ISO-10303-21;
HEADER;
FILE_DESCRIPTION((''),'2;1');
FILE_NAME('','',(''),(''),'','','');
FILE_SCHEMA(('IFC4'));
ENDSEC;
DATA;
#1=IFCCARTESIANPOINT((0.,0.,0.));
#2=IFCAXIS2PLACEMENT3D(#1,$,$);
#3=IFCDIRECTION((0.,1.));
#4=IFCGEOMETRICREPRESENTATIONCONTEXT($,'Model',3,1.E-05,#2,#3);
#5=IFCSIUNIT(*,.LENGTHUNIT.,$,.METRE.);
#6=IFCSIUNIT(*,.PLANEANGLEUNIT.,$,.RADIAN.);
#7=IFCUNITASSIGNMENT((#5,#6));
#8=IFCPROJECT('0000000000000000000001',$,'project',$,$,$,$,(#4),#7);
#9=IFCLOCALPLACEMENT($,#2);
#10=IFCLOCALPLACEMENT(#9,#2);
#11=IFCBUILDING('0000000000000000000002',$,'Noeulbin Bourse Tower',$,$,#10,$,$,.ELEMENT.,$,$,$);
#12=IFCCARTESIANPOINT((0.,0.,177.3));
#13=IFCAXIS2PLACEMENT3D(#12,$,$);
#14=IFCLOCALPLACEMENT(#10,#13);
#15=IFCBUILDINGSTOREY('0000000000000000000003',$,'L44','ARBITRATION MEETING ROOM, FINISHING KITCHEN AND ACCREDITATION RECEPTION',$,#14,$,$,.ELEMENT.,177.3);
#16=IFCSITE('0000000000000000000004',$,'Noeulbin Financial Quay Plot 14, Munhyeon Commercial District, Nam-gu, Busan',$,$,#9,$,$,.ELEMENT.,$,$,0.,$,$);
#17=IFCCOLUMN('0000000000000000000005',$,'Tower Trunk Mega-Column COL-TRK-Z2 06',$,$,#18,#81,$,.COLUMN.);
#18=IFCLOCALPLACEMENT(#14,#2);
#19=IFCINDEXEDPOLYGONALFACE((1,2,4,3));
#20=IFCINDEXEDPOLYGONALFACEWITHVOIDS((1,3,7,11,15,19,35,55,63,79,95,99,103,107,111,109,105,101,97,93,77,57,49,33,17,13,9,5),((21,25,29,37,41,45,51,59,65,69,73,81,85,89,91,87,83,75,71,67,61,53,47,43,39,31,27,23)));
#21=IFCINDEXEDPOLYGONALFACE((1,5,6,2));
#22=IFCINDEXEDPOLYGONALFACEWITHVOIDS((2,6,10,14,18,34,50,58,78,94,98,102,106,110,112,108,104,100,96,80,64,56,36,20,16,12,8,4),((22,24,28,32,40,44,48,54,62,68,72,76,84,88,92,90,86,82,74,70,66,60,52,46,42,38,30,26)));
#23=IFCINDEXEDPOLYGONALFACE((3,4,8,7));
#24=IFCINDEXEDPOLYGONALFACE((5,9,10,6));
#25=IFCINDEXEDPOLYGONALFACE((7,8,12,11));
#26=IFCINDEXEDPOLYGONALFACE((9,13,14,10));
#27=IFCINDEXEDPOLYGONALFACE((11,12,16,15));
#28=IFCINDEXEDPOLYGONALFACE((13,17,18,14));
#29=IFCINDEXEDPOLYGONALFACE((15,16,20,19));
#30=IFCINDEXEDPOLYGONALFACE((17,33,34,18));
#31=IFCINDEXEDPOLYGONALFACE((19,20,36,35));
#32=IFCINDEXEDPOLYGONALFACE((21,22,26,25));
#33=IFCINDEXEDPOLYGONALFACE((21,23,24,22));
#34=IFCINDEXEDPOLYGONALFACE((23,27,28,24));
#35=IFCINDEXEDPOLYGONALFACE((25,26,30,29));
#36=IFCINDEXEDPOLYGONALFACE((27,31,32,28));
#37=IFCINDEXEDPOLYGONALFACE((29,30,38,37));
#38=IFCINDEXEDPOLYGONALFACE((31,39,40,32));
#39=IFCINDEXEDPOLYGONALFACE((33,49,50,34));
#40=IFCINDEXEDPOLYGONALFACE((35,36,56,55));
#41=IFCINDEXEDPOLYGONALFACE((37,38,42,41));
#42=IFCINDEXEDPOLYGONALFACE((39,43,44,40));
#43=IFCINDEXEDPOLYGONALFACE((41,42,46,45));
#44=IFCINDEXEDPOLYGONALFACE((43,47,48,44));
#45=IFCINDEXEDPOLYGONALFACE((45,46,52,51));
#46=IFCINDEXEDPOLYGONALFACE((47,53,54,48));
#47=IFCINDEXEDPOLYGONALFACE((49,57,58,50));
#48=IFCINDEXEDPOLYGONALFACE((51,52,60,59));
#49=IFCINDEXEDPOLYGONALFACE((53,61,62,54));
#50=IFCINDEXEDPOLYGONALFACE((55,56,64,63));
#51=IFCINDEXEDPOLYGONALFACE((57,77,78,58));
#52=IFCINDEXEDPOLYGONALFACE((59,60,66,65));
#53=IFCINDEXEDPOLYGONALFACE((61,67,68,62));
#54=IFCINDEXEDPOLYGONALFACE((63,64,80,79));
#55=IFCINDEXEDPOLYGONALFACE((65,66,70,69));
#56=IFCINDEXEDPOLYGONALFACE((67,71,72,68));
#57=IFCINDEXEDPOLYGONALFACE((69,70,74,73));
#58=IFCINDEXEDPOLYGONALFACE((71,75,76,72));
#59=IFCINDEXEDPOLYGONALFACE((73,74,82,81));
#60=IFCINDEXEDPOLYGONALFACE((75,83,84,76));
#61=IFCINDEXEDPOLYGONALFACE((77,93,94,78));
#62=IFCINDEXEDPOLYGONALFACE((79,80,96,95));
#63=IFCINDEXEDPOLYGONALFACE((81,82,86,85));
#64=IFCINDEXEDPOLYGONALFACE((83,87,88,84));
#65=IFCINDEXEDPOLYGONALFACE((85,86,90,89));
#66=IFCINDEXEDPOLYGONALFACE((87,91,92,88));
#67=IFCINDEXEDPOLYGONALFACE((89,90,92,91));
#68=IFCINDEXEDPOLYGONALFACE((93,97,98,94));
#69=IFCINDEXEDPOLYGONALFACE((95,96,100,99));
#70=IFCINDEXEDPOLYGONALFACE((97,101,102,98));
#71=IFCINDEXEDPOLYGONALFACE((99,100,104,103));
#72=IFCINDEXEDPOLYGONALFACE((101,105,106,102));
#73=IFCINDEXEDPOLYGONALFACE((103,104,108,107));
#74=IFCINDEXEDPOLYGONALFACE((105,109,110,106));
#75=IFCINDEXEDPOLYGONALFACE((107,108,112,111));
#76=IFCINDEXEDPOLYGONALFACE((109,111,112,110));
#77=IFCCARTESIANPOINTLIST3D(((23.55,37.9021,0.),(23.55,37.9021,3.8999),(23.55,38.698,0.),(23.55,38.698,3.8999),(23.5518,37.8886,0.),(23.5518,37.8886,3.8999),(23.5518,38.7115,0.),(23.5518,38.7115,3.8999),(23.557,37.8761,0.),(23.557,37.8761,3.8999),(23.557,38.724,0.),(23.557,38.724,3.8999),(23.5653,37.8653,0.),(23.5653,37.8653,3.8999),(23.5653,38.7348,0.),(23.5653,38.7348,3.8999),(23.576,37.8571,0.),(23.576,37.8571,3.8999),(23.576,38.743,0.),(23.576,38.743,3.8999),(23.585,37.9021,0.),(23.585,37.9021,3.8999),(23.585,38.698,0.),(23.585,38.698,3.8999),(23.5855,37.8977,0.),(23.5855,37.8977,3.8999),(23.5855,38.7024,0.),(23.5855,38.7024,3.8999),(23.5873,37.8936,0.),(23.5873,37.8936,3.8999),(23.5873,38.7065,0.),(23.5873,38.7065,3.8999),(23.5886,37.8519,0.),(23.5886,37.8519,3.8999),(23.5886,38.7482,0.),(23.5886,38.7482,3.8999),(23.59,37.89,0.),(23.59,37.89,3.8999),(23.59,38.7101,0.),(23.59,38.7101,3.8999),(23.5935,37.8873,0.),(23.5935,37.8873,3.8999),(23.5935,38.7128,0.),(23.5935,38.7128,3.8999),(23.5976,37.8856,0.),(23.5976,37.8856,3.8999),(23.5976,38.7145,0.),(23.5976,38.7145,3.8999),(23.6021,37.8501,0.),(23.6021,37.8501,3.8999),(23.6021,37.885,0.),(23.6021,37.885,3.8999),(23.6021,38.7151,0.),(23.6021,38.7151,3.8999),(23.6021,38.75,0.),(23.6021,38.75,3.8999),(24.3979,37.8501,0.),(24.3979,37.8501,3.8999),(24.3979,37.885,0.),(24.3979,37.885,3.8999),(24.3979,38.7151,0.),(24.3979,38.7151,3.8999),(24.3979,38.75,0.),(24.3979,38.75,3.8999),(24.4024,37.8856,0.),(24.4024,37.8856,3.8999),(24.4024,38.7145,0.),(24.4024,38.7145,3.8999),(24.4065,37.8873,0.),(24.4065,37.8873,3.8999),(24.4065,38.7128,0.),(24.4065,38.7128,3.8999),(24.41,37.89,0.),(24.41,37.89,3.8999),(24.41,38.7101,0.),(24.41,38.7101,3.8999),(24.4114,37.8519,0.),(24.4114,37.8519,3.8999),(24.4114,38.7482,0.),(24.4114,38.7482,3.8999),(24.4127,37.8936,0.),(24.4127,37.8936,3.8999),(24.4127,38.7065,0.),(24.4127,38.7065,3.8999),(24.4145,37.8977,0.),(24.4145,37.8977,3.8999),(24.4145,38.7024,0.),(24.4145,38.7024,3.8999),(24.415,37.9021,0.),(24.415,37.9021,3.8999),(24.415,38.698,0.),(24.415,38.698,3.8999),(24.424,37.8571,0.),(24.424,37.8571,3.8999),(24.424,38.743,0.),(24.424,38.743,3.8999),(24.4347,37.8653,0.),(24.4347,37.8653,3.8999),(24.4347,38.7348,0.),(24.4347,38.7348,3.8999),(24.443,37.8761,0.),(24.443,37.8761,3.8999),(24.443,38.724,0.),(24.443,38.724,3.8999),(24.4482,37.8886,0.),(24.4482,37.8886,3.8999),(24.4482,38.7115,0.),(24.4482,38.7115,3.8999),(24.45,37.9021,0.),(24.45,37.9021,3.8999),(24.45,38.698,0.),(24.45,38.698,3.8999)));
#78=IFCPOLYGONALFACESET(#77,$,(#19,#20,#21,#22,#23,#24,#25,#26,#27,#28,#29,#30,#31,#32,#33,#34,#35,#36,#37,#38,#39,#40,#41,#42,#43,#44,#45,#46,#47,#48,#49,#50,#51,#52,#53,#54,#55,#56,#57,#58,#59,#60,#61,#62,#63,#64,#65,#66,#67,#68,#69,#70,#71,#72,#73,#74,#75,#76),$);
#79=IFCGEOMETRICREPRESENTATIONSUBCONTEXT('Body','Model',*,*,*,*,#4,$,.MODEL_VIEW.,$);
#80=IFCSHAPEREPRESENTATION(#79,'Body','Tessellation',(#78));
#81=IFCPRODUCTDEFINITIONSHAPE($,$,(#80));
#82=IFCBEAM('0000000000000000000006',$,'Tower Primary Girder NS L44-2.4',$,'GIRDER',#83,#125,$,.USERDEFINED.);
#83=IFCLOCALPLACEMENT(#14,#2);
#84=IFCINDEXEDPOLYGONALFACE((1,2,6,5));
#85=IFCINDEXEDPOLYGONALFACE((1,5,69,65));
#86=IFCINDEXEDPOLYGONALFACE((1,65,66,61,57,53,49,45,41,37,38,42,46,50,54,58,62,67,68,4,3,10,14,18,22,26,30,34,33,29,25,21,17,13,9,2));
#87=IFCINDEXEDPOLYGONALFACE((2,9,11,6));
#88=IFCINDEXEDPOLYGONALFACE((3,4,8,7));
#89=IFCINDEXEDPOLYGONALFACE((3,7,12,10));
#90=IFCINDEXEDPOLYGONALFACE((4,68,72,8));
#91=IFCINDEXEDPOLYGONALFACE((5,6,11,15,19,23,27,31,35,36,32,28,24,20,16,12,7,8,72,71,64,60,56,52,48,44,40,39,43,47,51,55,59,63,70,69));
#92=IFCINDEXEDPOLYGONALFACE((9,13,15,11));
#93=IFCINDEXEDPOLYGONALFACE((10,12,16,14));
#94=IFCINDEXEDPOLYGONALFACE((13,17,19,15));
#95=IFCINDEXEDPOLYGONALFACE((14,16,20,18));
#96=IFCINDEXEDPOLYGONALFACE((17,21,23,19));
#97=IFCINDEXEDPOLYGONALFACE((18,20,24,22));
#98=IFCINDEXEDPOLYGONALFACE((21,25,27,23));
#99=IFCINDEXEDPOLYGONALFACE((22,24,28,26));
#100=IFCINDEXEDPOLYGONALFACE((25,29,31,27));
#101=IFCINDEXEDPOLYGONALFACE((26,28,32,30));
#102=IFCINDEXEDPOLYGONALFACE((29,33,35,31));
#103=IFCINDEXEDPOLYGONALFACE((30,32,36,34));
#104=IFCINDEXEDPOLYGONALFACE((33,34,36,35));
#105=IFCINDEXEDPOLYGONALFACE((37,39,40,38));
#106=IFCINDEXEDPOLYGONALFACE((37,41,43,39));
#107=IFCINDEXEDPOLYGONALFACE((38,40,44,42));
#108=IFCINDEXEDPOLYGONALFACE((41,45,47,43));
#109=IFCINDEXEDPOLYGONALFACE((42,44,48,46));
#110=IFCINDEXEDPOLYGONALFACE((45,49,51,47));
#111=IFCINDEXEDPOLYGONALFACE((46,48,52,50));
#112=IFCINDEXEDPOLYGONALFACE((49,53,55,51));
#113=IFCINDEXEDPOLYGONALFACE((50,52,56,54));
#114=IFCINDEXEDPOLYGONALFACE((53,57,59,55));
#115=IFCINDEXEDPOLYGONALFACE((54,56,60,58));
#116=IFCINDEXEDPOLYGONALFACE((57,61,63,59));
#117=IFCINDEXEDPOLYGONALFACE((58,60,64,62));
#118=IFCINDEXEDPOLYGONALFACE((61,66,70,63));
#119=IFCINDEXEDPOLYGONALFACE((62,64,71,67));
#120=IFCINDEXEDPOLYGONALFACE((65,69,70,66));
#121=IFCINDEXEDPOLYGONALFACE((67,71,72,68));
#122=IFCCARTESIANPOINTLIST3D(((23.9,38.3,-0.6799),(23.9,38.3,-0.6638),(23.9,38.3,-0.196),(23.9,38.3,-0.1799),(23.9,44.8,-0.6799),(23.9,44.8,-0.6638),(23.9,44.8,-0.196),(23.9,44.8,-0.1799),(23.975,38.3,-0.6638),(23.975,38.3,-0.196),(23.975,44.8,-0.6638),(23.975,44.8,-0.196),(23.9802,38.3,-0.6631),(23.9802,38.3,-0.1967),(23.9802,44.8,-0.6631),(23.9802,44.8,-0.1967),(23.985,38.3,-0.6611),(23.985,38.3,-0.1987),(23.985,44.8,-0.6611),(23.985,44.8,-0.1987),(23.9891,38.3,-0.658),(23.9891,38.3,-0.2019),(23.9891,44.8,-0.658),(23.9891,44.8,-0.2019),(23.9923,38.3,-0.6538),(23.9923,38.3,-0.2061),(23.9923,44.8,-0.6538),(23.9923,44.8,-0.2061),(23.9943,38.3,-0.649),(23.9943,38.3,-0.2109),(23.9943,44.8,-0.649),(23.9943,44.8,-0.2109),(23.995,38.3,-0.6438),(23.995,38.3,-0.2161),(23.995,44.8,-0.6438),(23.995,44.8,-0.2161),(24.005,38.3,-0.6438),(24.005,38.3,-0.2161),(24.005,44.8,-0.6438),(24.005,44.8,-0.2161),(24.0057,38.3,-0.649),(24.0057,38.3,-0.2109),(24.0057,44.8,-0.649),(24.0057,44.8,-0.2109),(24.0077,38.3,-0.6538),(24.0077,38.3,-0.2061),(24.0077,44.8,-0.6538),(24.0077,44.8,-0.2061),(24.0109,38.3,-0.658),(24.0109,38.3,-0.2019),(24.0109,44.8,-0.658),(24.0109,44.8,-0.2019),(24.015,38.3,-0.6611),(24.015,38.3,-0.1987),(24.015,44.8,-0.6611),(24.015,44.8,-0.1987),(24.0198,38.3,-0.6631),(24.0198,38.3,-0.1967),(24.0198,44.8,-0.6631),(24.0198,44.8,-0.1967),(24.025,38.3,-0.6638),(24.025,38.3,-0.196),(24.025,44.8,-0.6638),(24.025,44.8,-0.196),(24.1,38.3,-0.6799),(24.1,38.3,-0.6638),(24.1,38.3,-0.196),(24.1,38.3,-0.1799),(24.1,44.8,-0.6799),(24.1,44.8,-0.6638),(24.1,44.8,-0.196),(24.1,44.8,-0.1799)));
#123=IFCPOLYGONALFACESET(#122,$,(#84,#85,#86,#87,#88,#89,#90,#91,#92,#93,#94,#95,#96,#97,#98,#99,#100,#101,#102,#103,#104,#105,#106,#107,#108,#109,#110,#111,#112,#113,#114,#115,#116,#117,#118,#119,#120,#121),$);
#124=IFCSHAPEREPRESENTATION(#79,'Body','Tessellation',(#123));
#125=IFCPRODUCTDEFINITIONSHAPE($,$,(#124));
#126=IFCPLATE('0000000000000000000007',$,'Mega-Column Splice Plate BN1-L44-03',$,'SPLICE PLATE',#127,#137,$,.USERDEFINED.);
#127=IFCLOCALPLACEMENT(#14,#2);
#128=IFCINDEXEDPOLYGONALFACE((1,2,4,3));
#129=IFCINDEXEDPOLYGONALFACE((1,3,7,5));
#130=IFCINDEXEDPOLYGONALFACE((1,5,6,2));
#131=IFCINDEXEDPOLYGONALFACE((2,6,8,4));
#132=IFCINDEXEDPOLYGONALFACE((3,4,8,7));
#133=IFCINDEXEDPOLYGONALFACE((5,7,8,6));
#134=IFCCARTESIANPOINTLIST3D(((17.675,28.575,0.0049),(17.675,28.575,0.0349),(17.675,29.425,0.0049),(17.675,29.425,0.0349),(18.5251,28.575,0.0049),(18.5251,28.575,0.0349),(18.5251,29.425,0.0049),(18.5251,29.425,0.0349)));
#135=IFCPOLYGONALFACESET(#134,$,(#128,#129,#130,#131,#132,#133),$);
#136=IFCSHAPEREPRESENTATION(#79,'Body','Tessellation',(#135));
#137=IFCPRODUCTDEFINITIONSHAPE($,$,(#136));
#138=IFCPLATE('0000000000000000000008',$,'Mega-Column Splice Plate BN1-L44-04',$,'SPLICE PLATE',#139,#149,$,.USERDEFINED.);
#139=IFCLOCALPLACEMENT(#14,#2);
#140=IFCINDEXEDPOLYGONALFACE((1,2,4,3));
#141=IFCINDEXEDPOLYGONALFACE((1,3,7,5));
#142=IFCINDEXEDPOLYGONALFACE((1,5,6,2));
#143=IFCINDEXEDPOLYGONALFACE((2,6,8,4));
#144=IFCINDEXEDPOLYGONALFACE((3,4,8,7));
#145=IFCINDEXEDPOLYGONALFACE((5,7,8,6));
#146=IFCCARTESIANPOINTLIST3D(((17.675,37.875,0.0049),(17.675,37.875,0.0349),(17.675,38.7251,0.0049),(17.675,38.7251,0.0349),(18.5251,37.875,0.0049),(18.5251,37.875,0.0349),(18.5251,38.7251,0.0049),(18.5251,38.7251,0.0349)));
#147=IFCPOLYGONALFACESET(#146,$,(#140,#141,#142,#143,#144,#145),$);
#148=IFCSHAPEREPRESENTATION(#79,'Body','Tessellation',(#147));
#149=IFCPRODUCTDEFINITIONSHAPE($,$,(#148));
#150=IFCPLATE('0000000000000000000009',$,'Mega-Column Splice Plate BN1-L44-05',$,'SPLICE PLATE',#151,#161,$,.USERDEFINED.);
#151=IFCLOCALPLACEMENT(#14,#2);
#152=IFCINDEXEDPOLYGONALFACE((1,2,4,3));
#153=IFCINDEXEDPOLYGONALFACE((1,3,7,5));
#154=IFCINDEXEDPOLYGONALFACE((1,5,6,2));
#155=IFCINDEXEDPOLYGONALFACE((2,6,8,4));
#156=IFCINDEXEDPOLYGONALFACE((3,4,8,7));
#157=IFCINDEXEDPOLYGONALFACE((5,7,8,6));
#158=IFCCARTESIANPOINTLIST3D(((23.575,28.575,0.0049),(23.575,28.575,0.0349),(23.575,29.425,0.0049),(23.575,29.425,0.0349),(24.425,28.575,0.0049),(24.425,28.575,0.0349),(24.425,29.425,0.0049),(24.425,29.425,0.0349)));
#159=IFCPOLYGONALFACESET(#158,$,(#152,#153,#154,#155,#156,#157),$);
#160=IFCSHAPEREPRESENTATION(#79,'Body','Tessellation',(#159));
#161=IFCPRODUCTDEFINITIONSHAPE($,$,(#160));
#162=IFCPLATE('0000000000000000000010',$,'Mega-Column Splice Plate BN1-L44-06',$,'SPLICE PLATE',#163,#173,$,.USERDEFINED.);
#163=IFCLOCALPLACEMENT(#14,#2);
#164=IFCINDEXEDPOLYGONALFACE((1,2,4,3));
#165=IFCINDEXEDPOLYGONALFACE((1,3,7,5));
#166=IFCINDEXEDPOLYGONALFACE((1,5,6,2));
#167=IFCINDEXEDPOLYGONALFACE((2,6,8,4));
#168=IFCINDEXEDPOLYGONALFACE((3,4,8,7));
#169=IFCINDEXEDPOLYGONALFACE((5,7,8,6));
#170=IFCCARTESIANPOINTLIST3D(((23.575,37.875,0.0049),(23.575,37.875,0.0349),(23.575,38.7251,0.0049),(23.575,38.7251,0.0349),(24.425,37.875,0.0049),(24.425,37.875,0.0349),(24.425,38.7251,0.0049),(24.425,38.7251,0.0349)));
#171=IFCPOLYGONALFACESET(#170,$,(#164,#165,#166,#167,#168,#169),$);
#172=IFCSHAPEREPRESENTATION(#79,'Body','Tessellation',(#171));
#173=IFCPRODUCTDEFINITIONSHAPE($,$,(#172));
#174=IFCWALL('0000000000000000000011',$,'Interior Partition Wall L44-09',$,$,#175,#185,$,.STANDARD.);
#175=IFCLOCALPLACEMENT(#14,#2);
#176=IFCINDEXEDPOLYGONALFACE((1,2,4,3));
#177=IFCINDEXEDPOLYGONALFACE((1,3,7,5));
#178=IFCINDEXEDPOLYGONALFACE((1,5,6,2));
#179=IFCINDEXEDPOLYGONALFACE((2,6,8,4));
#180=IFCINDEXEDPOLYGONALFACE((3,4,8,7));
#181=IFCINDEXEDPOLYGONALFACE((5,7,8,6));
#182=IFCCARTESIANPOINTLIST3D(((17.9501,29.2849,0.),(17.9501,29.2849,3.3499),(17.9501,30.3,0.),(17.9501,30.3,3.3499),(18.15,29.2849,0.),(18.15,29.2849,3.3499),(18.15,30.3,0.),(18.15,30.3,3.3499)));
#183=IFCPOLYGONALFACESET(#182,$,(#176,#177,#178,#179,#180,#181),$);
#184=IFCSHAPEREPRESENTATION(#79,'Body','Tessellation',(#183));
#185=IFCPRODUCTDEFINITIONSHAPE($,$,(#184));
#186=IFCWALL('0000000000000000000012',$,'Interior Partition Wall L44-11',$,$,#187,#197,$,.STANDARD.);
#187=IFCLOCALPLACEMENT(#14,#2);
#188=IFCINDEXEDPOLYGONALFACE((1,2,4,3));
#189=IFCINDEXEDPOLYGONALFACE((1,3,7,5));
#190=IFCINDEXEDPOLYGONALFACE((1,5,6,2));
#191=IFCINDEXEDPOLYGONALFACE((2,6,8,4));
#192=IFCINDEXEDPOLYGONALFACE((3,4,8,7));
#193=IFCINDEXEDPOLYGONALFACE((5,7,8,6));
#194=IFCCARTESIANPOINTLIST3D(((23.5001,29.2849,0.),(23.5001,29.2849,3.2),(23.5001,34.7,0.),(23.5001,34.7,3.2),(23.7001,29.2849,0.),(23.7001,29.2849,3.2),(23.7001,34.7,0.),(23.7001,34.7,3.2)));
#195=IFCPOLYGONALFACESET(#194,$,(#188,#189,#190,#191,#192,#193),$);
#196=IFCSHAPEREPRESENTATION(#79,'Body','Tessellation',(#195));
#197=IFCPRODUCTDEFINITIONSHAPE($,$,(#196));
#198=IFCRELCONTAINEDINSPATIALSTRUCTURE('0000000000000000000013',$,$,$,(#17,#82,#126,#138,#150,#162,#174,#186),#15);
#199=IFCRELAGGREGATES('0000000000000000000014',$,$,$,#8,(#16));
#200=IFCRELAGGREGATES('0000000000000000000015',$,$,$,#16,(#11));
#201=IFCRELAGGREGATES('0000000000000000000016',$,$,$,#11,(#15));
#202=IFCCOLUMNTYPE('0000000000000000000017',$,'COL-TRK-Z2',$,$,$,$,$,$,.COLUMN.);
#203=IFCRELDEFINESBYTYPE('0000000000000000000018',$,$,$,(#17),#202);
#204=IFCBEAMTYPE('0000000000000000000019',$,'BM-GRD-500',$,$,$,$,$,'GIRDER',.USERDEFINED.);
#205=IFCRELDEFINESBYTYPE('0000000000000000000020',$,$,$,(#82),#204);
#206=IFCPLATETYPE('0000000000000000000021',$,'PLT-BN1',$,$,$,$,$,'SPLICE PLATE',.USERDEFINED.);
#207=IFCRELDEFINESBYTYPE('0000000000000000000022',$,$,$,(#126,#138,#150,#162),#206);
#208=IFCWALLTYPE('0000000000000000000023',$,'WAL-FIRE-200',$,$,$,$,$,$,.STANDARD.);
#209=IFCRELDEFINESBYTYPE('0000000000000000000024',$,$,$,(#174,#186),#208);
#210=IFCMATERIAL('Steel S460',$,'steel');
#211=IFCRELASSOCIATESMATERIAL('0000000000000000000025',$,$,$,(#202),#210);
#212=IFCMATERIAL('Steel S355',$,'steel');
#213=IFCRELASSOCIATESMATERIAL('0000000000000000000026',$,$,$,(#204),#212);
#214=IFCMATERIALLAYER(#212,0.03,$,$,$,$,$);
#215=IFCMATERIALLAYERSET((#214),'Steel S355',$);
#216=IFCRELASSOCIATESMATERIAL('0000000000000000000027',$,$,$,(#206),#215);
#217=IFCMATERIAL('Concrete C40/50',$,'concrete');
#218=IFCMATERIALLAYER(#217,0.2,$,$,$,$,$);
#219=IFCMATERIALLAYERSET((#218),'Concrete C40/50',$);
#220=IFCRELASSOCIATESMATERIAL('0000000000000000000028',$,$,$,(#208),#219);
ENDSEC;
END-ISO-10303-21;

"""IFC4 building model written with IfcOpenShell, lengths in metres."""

from ifc_helpers import new_model, si_unit, direction, frame, frame_2d, origin, origin_2d, place, context, subcontext, project, spatial, rectangle, hollow_rectangle, i_section, extrude, material, layer, layer_set, material_profile, profile_set, type_object, element, save


model = new_model("IFC4")

# Units and contexts
model_context = context("Model", 3, precision=1e-05, world=origin(), true_north=direction((0.0, 1.0)))
body_context = subcontext(model_context, "Body", "Model", "MODEL_VIEW")
ifc_project = project(units=[si_unit("LENGTHUNIT", "METRE"), si_unit("PLANEANGLEUNIT", "RADIAN")], contexts=[model_context])

# Site, building, storey
site_placement = place(None, origin())
site = spatial("IfcSite", under=ifc_project, at=site_placement, Name="Noeulbin Financial Quay Plot 14, Munhyeon Commercial District, Nam-gu, Busan", CompositionType="ELEMENT", RefElevation=0.0)
building_placement = place(site_placement, origin())
building = spatial("IfcBuilding", under=site, at=building_placement, Name="Noeulbin Bourse Tower", CompositionType="ELEMENT")
storey_placement = place(building_placement, frame((0.0, 0.0, 177.3)))
storey = spatial("IfcBuildingStorey", under=building, at=storey_placement, Name="L44", Description="ARBITRATION MEETING ROOM, FINISHING KITCHEN AND ACCREDITATION RECEPTION", CompositionType="ELEMENT", Elevation=177.3)

# Column
ifc_material_1 = material(Name="Steel S460", Category="steel")
ifc_material_profile_1 = material_profile(ifc_material_1, hollow_rectangle(XDim=0.8999, YDim=0.8999, WallThickness=0.0349, InnerFilletRadius=0.0171, OuterFilletRadius=0.052, at=origin_2d()), Name="BOX-900x900x35", Category="LoadBearing")
ifc_profile_set_1 = profile_set([ifc_material_profile_1], Name="Steel S460")
column_type = type_object("IfcColumnType", Name="COL-TRK-Z2", PredefinedType="COLUMN", material=ifc_profile_set_1)
for number, where, z_axis, x_axis, name in (
    (1, (24.0, 38.3, 0.0), (0.0, 0.0, 1.0), (1.0, 0.0, 0.0), "Tower Trunk Mega-Column COL-TRK-Z2 06"),
):
    element("IfcColumn", number, at=place(storey_placement, frame(where, z_axis=z_axis, x_axis=x_axis)), inside=storey, type_object=column_type, Name=name, PredefinedType="COLUMN", context=body_context, shape_type="SweptSolid", body=[
        extrude(hollow_rectangle(XDim=0.8999, YDim=0.8999, WallThickness=0.0349, InnerFilletRadius=0.0171, OuterFilletRadius=0.052, at=origin_2d()), origin(), (0.0, 0.0, 1.0), 3.8999),
    ])

# Beam
ifc_material_2 = material(Name="Steel S355", Category="steel")
ifc_material_profile_2 = material_profile(ifc_material_2, i_section(OverallWidth=0.2, OverallDepth=0.5, WebThickness=0.01, FlangeThickness=0.0161, FilletRadius=0.02, at=origin_2d()), Name="H-500x200x10x16", Category="LoadBearing")
ifc_profile_set_2 = profile_set([ifc_material_profile_2], Name="Steel S355")
beam_type = type_object("IfcBeamType", Name="BM-GRD-500", ElementType="GIRDER", PredefinedType="USERDEFINED", material=ifc_profile_set_2)
beam_placement = place(storey_placement, frame((24.0, 38.3, -0.4299), z_axis=(0.0, 1.0, 0.0), x_axis=(-1.0, 0.0, 0.0)))
element("IfcBeam", 2, at=beam_placement, inside=storey, type_object=beam_type, Name="Tower Primary Girder NS L44-2.4", ObjectType="GIRDER", PredefinedType="USERDEFINED", context=body_context, shape_type="SweptSolid", body=[
    extrude(i_section(OverallWidth=0.2, OverallDepth=0.5, WebThickness=0.01, FlangeThickness=0.0161, FilletRadius=0.02, at=origin_2d()), origin(), (0.0, 0.0, 1.0), 6.5),
])

# Plates
ifc_layer_1 = layer(ifc_material_2, 0.03)
ifc_layer_set_1 = layer_set([ifc_layer_1], Name="Steel S355")
plate_type = type_object("IfcPlateType", Name="PLT-BN1", ElementType="SPLICE PLATE", PredefinedType="USERDEFINED", material=ifc_layer_set_1)
for number, where, z_axis, x_axis, name in (
    (3, (18.1001, 29.0, 0.0049), (0.0, 0.0, 1.0), (1.0, 0.0, 0.0), "Mega-Column Splice Plate BN1-L44-03"),
    (4, (18.1001, 38.3, 0.0049), (0.0, 0.0, 1.0), (1.0, 0.0, 0.0), "Mega-Column Splice Plate BN1-L44-04"),
    (5, (24.0, 29.0, 0.0049), (0.0, 0.0, 1.0), (1.0, 0.0, 0.0), "Mega-Column Splice Plate BN1-L44-05"),
    (6, (24.0, 38.3, 0.0049), (0.0, 0.0, 1.0), (1.0, 0.0, 0.0), "Mega-Column Splice Plate BN1-L44-06"),
):
    element("IfcPlate", number, at=place(storey_placement, frame(where, z_axis=z_axis, x_axis=x_axis)), inside=storey, type_object=plate_type, Name=name, ObjectType="SPLICE PLATE", PredefinedType="USERDEFINED", context=body_context, shape_type="SweptSolid", body=[
        extrude(rectangle(XDim=0.8501, YDim=0.8501, at=origin_2d()), origin(), (0.0, 0.0, 1.0), 0.03),
    ])

# Walls
ifc_material_3 = material(Name="Concrete C40/50", Category="concrete")
ifc_layer_2 = layer(ifc_material_3, 0.2)
ifc_layer_set_2 = layer_set([ifc_layer_2], Name="Concrete C40/50")
wall_type_1 = type_object("IfcWallType", Name="WAL-FIRE-200", PredefinedType="STANDARD", material=ifc_layer_set_2)
wall_1_placement = place(storey_placement, frame((18.05, 29.2849, 0.0), z_axis=(0.0, 0.0, 1.0), x_axis=(0.0, 1.0, 0.0)))
element("IfcWall", 7, at=wall_1_placement, inside=storey, type_object=wall_type_1, Name="Interior Partition Wall L44-09", PredefinedType="STANDARD", context=body_context, shape_type="SweptSolid", body=[
    extrude(rectangle(XDim=1.0151, YDim=0.2, at=frame_2d((0.5076, 0.0))), origin(), (0.0, 0.0, 1.0), 3.3499),
])
wall_2_placement = place(storey_placement, frame((23.6001, 29.2849, 0.0), z_axis=(0.0, 0.0, 1.0), x_axis=(0.0, 1.0, 0.0)))
element("IfcWall", 8, at=wall_2_placement, inside=storey, type_object=wall_type_1, Name="Interior Partition Wall L44-11", PredefinedType="STANDARD", context=body_context, shape_type="SweptSolid", body=[
    extrude(rectangle(XDim=5.415, YDim=0.2, at=frame_2d((2.7075, 0.0))), origin(), (0.0, 0.0, 1.0), 3.2),
])

save(model, "model.ifc")
